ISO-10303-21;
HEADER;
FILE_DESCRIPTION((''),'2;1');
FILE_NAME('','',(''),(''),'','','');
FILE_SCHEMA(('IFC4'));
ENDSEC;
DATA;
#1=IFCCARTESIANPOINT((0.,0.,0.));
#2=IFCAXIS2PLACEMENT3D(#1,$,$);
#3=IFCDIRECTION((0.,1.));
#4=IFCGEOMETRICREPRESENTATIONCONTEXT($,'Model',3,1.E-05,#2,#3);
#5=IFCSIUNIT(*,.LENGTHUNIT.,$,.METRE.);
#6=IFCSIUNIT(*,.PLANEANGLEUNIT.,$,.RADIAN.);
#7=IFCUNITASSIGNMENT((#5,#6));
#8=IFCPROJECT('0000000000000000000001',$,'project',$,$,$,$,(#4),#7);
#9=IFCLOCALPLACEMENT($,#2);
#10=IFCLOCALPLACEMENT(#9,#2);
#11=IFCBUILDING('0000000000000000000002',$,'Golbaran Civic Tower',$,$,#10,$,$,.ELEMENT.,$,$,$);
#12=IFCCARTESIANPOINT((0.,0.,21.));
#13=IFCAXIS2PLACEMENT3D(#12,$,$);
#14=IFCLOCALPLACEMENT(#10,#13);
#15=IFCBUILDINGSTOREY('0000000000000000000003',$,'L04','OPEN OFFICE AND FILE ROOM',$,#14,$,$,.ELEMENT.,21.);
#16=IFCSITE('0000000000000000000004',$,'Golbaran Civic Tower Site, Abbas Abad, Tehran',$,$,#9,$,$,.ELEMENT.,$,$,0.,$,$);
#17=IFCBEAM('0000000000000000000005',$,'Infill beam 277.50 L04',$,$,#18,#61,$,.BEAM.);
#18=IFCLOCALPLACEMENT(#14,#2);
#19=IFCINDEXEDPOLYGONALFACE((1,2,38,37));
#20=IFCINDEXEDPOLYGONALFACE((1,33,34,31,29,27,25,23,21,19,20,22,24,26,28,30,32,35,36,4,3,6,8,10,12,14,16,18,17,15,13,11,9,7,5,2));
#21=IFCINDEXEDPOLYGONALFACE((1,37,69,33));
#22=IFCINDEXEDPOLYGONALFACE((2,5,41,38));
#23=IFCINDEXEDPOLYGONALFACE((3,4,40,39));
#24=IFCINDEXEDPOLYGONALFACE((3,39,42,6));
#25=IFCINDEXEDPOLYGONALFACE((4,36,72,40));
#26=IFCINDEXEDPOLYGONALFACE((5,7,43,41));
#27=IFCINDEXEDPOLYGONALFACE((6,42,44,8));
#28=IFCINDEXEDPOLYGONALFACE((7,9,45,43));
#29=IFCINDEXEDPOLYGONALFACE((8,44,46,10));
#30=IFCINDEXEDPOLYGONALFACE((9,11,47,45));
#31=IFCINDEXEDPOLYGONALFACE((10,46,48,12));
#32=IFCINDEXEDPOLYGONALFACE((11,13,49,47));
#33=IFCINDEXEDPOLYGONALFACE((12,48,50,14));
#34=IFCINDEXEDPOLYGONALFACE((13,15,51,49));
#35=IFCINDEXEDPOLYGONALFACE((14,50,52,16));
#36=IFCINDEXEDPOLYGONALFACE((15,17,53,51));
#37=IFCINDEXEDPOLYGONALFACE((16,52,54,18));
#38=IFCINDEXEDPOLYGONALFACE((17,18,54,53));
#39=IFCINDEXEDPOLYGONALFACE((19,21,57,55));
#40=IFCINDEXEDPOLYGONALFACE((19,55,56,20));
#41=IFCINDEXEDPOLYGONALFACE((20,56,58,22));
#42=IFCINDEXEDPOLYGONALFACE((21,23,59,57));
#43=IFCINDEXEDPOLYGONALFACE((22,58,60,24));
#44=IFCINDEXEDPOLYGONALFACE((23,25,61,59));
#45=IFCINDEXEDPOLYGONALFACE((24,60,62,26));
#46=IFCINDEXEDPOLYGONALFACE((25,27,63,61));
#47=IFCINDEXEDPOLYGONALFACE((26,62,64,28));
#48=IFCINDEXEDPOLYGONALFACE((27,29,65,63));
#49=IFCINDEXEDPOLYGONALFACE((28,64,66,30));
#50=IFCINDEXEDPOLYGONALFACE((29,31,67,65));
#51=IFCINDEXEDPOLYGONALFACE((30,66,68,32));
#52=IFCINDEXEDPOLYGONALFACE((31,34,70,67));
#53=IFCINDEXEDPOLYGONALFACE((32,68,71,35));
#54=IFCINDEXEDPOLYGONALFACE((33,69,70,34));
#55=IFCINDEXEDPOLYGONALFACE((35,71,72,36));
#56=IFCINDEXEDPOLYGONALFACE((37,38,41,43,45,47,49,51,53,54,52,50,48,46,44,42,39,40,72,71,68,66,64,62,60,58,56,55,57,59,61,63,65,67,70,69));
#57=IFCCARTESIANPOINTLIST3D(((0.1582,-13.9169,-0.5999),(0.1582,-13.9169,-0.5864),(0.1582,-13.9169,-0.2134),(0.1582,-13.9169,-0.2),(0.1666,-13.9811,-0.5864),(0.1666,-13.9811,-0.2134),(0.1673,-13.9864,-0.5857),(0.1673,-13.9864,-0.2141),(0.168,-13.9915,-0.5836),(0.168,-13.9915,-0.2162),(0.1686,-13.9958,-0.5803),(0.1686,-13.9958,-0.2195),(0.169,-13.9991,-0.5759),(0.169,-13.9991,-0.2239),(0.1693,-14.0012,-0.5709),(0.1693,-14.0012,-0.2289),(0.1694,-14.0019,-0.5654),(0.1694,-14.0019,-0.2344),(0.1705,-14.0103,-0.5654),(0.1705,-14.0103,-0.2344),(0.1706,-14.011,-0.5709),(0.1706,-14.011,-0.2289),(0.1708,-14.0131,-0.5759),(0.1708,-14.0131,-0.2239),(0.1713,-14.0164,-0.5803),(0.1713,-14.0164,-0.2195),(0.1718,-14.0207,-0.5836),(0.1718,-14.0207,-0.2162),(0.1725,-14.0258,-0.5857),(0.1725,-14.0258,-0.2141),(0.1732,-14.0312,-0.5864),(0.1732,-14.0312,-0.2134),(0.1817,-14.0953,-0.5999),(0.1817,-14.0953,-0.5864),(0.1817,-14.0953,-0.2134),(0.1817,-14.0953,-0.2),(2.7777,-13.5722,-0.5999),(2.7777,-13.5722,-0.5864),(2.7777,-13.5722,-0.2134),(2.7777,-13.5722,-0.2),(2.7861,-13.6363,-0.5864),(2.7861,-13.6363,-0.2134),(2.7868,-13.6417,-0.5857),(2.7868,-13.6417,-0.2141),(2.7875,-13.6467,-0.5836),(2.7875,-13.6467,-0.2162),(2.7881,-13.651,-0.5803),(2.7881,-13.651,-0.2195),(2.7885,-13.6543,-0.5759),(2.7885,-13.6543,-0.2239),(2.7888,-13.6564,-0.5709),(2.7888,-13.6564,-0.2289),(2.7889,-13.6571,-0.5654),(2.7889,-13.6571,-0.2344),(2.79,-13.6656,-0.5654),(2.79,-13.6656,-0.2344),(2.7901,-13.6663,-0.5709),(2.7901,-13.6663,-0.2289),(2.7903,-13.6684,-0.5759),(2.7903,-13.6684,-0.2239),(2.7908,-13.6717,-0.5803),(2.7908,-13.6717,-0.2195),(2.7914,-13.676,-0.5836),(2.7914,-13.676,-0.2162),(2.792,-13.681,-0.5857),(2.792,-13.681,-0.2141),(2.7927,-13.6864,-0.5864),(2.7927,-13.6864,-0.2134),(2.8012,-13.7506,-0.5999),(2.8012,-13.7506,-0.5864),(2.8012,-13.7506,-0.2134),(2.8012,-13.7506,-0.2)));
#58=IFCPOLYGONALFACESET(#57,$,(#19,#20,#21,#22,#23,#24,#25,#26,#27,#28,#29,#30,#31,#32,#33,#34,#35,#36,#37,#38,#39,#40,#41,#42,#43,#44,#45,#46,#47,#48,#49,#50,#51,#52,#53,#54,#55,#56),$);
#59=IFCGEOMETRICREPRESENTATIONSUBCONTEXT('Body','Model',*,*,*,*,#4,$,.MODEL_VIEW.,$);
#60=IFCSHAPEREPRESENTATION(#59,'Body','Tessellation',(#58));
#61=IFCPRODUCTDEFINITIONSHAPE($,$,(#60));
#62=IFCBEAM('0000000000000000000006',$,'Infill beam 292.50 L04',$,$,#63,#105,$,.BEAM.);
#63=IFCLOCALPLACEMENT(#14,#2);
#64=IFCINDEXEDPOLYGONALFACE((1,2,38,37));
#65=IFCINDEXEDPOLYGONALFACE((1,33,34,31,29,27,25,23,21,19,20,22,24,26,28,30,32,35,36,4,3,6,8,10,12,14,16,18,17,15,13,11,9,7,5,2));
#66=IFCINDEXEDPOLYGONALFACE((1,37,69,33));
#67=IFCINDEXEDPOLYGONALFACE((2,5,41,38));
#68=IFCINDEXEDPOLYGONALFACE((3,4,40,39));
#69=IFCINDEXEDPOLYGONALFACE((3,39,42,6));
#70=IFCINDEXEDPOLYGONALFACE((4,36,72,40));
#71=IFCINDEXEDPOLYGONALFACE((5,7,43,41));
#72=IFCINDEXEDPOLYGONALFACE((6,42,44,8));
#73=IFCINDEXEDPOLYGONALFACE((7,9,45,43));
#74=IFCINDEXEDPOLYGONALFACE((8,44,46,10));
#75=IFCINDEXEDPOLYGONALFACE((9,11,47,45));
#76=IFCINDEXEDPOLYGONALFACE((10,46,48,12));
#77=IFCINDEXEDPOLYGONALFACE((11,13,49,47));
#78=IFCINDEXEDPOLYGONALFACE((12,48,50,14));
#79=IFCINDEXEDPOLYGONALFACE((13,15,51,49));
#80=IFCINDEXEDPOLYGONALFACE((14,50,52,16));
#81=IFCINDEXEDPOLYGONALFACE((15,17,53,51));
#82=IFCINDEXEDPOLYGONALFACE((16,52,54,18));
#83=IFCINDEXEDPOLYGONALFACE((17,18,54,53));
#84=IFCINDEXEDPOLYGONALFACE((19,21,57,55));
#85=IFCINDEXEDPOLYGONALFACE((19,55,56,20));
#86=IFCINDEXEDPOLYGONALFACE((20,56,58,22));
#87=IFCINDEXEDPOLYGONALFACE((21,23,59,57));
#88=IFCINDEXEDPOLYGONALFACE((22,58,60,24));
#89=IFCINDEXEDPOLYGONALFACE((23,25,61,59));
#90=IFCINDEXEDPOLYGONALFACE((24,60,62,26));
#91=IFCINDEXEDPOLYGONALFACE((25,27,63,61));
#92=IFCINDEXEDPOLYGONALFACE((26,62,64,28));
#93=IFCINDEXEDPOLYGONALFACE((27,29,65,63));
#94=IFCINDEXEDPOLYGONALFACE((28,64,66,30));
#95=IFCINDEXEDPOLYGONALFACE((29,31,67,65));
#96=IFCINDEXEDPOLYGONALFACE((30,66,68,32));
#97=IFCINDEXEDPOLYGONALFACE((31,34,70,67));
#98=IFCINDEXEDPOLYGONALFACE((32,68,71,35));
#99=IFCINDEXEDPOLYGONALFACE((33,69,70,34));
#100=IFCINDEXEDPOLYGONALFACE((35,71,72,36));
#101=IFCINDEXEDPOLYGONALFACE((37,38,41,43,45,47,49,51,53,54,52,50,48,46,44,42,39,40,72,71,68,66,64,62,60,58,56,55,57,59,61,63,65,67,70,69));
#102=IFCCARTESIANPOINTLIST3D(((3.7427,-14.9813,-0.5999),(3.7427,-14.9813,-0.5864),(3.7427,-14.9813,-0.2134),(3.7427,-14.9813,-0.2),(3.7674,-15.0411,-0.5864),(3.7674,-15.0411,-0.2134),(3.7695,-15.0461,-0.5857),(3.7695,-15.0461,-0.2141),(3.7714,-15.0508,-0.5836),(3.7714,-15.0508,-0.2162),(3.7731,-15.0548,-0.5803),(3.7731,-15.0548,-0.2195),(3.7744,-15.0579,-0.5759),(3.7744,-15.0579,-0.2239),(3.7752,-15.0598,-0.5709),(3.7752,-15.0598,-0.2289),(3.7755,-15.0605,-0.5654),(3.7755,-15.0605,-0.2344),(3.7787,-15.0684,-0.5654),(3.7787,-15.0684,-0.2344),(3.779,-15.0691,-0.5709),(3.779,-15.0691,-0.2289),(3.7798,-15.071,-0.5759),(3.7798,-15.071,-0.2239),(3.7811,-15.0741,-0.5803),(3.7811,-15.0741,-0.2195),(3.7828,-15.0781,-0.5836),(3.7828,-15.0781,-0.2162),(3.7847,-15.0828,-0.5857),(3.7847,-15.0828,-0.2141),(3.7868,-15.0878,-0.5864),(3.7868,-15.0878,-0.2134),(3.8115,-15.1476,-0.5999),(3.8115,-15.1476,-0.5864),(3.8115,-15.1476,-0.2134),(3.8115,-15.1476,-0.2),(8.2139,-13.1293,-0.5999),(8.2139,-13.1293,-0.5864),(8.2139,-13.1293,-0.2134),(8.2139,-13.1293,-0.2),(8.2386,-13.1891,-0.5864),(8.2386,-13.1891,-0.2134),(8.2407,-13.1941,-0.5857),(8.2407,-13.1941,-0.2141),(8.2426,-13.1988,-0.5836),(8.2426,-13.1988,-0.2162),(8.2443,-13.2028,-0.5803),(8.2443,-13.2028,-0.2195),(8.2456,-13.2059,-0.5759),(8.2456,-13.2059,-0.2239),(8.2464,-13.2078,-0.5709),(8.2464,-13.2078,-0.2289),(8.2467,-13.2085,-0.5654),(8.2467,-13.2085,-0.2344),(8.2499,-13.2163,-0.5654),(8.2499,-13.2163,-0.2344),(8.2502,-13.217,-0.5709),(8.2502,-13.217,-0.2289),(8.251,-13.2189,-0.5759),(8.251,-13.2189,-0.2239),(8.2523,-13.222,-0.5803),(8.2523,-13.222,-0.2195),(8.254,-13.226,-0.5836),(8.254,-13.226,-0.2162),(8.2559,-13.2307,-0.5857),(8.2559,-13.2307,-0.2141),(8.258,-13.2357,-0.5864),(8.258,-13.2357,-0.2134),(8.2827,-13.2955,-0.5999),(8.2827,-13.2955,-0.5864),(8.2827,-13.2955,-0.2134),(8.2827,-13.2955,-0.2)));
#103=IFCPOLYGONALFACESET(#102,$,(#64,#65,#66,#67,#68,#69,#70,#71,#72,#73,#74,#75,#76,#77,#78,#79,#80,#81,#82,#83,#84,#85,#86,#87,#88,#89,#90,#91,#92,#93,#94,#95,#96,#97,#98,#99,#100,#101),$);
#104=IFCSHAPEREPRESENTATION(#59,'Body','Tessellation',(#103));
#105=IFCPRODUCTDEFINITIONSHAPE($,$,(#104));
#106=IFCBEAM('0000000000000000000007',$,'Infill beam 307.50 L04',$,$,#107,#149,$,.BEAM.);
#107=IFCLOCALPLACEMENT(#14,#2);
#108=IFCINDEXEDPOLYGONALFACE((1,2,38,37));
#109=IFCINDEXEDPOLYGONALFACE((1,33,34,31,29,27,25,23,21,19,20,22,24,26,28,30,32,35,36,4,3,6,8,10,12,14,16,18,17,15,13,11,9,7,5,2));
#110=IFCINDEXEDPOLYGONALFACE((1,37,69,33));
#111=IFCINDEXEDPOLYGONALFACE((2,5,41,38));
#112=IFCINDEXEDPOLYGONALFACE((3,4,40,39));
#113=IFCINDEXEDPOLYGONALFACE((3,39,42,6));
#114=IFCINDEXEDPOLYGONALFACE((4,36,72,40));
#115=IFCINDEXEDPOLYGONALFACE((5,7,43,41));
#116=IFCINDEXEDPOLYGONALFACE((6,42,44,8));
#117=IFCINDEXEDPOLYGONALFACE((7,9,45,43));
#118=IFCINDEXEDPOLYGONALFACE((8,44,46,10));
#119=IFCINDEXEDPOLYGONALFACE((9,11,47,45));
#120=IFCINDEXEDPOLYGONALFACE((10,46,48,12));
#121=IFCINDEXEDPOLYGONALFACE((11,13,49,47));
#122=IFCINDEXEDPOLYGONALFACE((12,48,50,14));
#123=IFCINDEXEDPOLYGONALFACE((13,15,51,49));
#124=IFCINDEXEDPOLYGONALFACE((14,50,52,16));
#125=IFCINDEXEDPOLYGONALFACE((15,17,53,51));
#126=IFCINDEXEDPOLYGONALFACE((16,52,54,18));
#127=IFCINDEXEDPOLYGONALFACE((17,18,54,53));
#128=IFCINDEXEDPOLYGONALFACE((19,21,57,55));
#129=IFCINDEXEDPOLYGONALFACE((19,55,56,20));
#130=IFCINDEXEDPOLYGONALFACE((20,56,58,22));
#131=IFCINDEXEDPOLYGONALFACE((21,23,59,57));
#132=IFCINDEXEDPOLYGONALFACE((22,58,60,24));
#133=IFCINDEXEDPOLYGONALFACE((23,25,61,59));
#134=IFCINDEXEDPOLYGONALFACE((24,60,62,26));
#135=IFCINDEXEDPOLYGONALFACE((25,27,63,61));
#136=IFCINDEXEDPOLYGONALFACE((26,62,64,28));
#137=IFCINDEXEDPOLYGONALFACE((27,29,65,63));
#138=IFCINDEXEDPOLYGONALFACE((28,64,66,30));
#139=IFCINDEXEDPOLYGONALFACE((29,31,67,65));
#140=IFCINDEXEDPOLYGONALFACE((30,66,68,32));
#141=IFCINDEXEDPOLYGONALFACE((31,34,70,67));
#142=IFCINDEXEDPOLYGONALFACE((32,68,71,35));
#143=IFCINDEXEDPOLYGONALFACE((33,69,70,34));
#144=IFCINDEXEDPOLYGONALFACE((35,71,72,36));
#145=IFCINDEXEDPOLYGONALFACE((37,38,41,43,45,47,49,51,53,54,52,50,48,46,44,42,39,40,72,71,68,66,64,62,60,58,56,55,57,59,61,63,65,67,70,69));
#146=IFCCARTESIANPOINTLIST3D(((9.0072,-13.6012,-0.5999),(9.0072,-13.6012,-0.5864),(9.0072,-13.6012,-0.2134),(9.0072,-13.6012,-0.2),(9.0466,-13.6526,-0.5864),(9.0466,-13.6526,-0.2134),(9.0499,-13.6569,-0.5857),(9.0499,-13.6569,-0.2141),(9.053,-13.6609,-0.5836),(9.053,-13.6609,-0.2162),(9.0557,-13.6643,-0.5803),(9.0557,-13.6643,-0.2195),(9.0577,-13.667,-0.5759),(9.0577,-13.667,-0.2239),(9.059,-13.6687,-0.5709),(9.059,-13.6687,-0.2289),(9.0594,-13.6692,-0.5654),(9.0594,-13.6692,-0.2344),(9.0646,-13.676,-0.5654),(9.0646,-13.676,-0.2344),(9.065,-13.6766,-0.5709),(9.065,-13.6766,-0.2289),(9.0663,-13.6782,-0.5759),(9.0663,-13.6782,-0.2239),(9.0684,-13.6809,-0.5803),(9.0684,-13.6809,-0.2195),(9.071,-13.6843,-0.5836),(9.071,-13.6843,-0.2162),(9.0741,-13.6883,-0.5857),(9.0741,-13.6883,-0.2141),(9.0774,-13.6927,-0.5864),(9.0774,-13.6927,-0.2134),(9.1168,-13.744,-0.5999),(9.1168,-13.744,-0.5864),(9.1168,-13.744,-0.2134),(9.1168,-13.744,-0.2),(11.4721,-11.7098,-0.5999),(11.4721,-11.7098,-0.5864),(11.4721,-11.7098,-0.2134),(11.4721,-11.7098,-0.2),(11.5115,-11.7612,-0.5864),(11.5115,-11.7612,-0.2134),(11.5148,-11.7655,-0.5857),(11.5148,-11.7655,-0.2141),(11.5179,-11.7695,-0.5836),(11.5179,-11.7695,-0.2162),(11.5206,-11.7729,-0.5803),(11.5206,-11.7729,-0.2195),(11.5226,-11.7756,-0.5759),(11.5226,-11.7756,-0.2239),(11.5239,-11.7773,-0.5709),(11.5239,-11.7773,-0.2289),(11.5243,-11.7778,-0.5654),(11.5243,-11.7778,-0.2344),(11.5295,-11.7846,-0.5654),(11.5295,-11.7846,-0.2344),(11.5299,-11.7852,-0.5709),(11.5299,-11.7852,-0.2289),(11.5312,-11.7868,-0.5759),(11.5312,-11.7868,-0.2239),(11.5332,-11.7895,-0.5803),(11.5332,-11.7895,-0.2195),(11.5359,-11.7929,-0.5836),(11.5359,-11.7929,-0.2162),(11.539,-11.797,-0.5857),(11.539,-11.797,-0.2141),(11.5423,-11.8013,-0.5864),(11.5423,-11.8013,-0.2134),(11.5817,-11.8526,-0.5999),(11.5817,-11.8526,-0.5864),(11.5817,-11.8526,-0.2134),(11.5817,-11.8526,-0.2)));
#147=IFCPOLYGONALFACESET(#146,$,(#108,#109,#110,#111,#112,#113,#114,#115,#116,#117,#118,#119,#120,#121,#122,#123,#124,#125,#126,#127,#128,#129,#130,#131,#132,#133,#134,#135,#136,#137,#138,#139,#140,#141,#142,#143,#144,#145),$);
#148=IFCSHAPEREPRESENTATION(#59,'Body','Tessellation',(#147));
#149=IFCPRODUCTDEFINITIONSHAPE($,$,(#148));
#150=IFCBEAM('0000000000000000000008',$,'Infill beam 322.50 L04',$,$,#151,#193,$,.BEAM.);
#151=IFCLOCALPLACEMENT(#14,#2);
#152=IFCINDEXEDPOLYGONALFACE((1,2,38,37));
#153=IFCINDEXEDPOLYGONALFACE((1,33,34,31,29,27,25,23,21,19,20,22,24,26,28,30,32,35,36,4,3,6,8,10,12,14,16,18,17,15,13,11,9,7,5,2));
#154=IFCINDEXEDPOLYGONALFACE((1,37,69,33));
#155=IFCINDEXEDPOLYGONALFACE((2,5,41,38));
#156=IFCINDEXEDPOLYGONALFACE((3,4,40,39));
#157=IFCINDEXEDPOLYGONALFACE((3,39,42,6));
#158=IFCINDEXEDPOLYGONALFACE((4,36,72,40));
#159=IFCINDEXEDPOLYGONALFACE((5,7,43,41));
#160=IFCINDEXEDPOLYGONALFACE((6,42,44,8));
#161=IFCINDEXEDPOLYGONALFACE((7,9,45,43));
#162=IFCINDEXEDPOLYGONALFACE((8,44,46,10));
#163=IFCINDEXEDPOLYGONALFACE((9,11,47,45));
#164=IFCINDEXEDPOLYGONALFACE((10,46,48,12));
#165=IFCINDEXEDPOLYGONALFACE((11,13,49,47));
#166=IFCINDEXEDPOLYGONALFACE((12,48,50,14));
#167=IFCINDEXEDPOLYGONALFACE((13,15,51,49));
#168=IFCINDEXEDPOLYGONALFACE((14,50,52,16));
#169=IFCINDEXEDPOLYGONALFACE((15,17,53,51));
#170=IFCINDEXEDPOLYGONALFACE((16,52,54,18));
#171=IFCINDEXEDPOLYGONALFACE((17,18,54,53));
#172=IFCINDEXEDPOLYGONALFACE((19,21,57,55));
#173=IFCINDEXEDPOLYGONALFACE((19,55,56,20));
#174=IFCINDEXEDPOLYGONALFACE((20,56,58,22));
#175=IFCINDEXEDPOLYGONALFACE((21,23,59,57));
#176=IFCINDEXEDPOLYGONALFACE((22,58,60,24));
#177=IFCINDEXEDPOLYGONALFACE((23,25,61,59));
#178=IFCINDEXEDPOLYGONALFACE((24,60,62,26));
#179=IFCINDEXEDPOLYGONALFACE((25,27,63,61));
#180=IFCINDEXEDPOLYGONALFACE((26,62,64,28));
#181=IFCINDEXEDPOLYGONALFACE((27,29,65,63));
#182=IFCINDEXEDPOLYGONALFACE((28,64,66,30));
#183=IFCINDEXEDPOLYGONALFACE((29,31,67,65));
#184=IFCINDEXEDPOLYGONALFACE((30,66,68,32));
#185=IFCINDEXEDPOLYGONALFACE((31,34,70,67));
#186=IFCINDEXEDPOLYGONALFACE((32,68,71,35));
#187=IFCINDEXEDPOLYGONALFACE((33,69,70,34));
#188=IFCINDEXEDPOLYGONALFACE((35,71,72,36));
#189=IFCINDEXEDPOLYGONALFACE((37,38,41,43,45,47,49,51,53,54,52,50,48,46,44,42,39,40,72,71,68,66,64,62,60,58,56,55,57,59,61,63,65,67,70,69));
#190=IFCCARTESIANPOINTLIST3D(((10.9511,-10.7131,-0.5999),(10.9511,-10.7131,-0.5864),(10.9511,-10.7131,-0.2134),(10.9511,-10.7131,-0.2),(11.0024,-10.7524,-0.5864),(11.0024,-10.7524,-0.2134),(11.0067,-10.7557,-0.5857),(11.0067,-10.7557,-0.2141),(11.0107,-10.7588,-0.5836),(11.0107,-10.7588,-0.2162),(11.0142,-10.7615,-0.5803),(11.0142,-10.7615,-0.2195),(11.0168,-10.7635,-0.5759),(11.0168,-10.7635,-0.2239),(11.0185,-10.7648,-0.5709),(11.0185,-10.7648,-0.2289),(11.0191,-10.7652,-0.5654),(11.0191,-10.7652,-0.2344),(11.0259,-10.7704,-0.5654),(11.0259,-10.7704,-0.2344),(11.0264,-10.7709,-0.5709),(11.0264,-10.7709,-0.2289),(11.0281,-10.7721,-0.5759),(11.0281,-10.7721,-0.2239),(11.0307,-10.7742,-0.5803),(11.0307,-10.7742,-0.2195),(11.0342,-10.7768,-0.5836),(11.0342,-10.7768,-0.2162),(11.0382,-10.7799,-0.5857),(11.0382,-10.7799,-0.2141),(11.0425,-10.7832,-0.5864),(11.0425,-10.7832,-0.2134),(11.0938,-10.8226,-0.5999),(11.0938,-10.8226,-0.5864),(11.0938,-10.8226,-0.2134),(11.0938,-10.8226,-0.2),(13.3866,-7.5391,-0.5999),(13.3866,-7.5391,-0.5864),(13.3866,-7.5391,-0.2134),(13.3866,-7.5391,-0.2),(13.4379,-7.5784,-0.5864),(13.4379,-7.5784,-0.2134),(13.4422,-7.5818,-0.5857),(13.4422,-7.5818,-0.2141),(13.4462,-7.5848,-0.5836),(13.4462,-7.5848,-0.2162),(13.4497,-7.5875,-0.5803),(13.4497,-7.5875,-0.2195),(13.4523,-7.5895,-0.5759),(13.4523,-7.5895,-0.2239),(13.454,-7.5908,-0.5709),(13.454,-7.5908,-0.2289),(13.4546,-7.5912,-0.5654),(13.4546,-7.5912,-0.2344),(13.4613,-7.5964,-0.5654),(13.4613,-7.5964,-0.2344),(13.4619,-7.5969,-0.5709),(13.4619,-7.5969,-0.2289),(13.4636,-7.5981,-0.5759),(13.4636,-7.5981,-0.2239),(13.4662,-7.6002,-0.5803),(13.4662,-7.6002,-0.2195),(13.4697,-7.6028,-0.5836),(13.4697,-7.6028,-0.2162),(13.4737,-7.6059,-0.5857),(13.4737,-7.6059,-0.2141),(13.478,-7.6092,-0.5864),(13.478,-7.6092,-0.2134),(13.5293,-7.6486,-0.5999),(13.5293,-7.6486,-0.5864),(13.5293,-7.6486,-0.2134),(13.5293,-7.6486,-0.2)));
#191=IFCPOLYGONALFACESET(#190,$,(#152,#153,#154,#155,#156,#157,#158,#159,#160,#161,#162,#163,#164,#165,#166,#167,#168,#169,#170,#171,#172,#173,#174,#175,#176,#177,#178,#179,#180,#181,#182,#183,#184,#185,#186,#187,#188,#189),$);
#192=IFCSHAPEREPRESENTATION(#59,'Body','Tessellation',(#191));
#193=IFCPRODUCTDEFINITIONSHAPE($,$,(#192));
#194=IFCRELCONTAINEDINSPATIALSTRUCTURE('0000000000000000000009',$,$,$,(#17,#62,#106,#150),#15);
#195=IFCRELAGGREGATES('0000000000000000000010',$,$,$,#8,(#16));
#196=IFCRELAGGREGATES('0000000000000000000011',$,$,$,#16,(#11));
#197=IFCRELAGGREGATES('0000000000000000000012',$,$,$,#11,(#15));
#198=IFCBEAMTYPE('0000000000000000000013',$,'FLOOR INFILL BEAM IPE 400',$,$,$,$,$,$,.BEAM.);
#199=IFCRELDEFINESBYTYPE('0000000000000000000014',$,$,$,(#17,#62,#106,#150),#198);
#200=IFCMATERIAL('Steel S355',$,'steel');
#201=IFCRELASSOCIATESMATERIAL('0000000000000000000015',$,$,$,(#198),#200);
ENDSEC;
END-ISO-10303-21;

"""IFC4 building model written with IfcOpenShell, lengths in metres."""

from ifc_helpers import new_model, si_unit, direction, frame, origin, origin_2d, place, context, subcontext, project, spatial, i_section, extrude, material, material_profile, profile_set, type_object, element, save


model = new_model("IFC4")

# Units and contexts
model_context = context("Model", 3, precision=1e-05, world=origin(), true_north=direction((0.0, 1.0)))
body_context = subcontext(model_context, "Body", "Model", "MODEL_VIEW")
ifc_project = project(units=[si_unit("LENGTHUNIT", "METRE"), si_unit("PLANEANGLEUNIT", "RADIAN")], contexts=[model_context])

# Site, building, storey
site_placement = place(None, origin())
site = spatial("IfcSite", under=ifc_project, at=site_placement, Name="Golbaran Civic Tower Site, Abbas Abad, Tehran", CompositionType="ELEMENT", RefElevation=0.0)
building_placement = place(site_placement, origin())
building = spatial("IfcBuilding", under=site, at=building_placement, Name="Golbaran Civic Tower", CompositionType="ELEMENT")
storey_placement = place(building_placement, frame((0.0, 0.0, 21.0)))
storey = spatial("IfcBuildingStorey", under=building, at=storey_placement, Name="L04", Description="OPEN OFFICE AND FILE ROOM", CompositionType="ELEMENT", Elevation=21.0)

# Beams
ifc_material_1 = material(Name="Steel S355", Category="steel")
ifc_material_profile_1 = material_profile(ifc_material_1, i_section(OverallWidth=0.1799, OverallDepth=0.3999, WebThickness=0.0085, FlangeThickness=0.0134, FilletRadius=0.021, at=origin_2d()), Name="IPE 400")
ifc_profile_set_1 = profile_set([ifc_material_profile_1], Name="Steel S355")
beam_type_1 = type_object("IfcBeamType", Name="FLOOR INFILL BEAM IPE 400", PredefinedType="BEAM", material=ifc_profile_set_1)
beam_1_placement = place(storey_placement, frame((0.1699, -14.0061, -0.3999), z_axis=(0.991451, 0.130481, 0.0), x_axis=(-0.130481, 0.991451, 0.0)))
element("IfcBeam", 1, at=beam_1_placement, inside=storey, type_object=beam_type_1, Name="Infill beam 277.50 L04", PredefinedType="BEAM", context=body_context, shape_type="SweptSolid", body=[
    extrude(i_section(OverallWidth=0.1799, OverallDepth=0.3999, WebThickness=0.0085, FlangeThickness=0.0134, FilletRadius=0.021, at=origin_2d()), origin(), (0.0, 0.0, 1.0), 2.6421),
])
beam_2_placement = place(storey_placement, frame((3.7771, -15.0645, -0.3999), z_axis=(0.923878, 0.382687, 0.0), x_axis=(-0.382687, 0.923878, 0.0)))
element("IfcBeam", 2, at=beam_2_placement, inside=storey, type_object=beam_type_1, Name="Infill beam 292.50 L04", PredefinedType="BEAM", context=body_context, shape_type="SweptSolid", body=[
    extrude(i_section(OverallWidth=0.1799, OverallDepth=0.3999, WebThickness=0.0085, FlangeThickness=0.0134, FilletRadius=0.021, at=origin_2d()), origin(), (0.0, 0.0, 1.0), 4.8396),
])
beam_3_placement = place(storey_placement, frame((9.062, -13.6726, -0.3999), z_axis=(0.793351, 0.608765, 0.0), x_axis=(-0.608765, 0.793351, 0.0)))
element("IfcBeam", 3, at=beam_3_placement, inside=storey, type_object=beam_type_1, Name="Infill beam 307.50 L04", PredefinedType="BEAM", context=body_context, shape_type="SweptSolid", body=[
    extrude(i_section(OverallWidth=0.1799, OverallDepth=0.3999, WebThickness=0.0085, FlangeThickness=0.0134, FilletRadius=0.021, at=origin_2d()), origin(), (0.0, 0.0, 1.0), 3.1069),
])
beam_4_placement = place(storey_placement, frame((11.0225, -10.7678, -0.3999), z_axis=(0.608761, 0.793354, 0.0), x_axis=(-0.793354, 0.608761, 0.0)))
element("IfcBeam", 4, at=beam_4_placement, inside=storey, type_object=beam_type_1, Name="Infill beam 322.50 L04", PredefinedType="BEAM", context=body_context, shape_type="SweptSolid", body=[
    extrude(i_section(OverallWidth=0.1799, OverallDepth=0.3999, WebThickness=0.0085, FlangeThickness=0.0134, FilletRadius=0.021, at=origin_2d()), origin(), (0.0, 0.0, 1.0), 4.0007),
])

save(model, "model.ifc")
